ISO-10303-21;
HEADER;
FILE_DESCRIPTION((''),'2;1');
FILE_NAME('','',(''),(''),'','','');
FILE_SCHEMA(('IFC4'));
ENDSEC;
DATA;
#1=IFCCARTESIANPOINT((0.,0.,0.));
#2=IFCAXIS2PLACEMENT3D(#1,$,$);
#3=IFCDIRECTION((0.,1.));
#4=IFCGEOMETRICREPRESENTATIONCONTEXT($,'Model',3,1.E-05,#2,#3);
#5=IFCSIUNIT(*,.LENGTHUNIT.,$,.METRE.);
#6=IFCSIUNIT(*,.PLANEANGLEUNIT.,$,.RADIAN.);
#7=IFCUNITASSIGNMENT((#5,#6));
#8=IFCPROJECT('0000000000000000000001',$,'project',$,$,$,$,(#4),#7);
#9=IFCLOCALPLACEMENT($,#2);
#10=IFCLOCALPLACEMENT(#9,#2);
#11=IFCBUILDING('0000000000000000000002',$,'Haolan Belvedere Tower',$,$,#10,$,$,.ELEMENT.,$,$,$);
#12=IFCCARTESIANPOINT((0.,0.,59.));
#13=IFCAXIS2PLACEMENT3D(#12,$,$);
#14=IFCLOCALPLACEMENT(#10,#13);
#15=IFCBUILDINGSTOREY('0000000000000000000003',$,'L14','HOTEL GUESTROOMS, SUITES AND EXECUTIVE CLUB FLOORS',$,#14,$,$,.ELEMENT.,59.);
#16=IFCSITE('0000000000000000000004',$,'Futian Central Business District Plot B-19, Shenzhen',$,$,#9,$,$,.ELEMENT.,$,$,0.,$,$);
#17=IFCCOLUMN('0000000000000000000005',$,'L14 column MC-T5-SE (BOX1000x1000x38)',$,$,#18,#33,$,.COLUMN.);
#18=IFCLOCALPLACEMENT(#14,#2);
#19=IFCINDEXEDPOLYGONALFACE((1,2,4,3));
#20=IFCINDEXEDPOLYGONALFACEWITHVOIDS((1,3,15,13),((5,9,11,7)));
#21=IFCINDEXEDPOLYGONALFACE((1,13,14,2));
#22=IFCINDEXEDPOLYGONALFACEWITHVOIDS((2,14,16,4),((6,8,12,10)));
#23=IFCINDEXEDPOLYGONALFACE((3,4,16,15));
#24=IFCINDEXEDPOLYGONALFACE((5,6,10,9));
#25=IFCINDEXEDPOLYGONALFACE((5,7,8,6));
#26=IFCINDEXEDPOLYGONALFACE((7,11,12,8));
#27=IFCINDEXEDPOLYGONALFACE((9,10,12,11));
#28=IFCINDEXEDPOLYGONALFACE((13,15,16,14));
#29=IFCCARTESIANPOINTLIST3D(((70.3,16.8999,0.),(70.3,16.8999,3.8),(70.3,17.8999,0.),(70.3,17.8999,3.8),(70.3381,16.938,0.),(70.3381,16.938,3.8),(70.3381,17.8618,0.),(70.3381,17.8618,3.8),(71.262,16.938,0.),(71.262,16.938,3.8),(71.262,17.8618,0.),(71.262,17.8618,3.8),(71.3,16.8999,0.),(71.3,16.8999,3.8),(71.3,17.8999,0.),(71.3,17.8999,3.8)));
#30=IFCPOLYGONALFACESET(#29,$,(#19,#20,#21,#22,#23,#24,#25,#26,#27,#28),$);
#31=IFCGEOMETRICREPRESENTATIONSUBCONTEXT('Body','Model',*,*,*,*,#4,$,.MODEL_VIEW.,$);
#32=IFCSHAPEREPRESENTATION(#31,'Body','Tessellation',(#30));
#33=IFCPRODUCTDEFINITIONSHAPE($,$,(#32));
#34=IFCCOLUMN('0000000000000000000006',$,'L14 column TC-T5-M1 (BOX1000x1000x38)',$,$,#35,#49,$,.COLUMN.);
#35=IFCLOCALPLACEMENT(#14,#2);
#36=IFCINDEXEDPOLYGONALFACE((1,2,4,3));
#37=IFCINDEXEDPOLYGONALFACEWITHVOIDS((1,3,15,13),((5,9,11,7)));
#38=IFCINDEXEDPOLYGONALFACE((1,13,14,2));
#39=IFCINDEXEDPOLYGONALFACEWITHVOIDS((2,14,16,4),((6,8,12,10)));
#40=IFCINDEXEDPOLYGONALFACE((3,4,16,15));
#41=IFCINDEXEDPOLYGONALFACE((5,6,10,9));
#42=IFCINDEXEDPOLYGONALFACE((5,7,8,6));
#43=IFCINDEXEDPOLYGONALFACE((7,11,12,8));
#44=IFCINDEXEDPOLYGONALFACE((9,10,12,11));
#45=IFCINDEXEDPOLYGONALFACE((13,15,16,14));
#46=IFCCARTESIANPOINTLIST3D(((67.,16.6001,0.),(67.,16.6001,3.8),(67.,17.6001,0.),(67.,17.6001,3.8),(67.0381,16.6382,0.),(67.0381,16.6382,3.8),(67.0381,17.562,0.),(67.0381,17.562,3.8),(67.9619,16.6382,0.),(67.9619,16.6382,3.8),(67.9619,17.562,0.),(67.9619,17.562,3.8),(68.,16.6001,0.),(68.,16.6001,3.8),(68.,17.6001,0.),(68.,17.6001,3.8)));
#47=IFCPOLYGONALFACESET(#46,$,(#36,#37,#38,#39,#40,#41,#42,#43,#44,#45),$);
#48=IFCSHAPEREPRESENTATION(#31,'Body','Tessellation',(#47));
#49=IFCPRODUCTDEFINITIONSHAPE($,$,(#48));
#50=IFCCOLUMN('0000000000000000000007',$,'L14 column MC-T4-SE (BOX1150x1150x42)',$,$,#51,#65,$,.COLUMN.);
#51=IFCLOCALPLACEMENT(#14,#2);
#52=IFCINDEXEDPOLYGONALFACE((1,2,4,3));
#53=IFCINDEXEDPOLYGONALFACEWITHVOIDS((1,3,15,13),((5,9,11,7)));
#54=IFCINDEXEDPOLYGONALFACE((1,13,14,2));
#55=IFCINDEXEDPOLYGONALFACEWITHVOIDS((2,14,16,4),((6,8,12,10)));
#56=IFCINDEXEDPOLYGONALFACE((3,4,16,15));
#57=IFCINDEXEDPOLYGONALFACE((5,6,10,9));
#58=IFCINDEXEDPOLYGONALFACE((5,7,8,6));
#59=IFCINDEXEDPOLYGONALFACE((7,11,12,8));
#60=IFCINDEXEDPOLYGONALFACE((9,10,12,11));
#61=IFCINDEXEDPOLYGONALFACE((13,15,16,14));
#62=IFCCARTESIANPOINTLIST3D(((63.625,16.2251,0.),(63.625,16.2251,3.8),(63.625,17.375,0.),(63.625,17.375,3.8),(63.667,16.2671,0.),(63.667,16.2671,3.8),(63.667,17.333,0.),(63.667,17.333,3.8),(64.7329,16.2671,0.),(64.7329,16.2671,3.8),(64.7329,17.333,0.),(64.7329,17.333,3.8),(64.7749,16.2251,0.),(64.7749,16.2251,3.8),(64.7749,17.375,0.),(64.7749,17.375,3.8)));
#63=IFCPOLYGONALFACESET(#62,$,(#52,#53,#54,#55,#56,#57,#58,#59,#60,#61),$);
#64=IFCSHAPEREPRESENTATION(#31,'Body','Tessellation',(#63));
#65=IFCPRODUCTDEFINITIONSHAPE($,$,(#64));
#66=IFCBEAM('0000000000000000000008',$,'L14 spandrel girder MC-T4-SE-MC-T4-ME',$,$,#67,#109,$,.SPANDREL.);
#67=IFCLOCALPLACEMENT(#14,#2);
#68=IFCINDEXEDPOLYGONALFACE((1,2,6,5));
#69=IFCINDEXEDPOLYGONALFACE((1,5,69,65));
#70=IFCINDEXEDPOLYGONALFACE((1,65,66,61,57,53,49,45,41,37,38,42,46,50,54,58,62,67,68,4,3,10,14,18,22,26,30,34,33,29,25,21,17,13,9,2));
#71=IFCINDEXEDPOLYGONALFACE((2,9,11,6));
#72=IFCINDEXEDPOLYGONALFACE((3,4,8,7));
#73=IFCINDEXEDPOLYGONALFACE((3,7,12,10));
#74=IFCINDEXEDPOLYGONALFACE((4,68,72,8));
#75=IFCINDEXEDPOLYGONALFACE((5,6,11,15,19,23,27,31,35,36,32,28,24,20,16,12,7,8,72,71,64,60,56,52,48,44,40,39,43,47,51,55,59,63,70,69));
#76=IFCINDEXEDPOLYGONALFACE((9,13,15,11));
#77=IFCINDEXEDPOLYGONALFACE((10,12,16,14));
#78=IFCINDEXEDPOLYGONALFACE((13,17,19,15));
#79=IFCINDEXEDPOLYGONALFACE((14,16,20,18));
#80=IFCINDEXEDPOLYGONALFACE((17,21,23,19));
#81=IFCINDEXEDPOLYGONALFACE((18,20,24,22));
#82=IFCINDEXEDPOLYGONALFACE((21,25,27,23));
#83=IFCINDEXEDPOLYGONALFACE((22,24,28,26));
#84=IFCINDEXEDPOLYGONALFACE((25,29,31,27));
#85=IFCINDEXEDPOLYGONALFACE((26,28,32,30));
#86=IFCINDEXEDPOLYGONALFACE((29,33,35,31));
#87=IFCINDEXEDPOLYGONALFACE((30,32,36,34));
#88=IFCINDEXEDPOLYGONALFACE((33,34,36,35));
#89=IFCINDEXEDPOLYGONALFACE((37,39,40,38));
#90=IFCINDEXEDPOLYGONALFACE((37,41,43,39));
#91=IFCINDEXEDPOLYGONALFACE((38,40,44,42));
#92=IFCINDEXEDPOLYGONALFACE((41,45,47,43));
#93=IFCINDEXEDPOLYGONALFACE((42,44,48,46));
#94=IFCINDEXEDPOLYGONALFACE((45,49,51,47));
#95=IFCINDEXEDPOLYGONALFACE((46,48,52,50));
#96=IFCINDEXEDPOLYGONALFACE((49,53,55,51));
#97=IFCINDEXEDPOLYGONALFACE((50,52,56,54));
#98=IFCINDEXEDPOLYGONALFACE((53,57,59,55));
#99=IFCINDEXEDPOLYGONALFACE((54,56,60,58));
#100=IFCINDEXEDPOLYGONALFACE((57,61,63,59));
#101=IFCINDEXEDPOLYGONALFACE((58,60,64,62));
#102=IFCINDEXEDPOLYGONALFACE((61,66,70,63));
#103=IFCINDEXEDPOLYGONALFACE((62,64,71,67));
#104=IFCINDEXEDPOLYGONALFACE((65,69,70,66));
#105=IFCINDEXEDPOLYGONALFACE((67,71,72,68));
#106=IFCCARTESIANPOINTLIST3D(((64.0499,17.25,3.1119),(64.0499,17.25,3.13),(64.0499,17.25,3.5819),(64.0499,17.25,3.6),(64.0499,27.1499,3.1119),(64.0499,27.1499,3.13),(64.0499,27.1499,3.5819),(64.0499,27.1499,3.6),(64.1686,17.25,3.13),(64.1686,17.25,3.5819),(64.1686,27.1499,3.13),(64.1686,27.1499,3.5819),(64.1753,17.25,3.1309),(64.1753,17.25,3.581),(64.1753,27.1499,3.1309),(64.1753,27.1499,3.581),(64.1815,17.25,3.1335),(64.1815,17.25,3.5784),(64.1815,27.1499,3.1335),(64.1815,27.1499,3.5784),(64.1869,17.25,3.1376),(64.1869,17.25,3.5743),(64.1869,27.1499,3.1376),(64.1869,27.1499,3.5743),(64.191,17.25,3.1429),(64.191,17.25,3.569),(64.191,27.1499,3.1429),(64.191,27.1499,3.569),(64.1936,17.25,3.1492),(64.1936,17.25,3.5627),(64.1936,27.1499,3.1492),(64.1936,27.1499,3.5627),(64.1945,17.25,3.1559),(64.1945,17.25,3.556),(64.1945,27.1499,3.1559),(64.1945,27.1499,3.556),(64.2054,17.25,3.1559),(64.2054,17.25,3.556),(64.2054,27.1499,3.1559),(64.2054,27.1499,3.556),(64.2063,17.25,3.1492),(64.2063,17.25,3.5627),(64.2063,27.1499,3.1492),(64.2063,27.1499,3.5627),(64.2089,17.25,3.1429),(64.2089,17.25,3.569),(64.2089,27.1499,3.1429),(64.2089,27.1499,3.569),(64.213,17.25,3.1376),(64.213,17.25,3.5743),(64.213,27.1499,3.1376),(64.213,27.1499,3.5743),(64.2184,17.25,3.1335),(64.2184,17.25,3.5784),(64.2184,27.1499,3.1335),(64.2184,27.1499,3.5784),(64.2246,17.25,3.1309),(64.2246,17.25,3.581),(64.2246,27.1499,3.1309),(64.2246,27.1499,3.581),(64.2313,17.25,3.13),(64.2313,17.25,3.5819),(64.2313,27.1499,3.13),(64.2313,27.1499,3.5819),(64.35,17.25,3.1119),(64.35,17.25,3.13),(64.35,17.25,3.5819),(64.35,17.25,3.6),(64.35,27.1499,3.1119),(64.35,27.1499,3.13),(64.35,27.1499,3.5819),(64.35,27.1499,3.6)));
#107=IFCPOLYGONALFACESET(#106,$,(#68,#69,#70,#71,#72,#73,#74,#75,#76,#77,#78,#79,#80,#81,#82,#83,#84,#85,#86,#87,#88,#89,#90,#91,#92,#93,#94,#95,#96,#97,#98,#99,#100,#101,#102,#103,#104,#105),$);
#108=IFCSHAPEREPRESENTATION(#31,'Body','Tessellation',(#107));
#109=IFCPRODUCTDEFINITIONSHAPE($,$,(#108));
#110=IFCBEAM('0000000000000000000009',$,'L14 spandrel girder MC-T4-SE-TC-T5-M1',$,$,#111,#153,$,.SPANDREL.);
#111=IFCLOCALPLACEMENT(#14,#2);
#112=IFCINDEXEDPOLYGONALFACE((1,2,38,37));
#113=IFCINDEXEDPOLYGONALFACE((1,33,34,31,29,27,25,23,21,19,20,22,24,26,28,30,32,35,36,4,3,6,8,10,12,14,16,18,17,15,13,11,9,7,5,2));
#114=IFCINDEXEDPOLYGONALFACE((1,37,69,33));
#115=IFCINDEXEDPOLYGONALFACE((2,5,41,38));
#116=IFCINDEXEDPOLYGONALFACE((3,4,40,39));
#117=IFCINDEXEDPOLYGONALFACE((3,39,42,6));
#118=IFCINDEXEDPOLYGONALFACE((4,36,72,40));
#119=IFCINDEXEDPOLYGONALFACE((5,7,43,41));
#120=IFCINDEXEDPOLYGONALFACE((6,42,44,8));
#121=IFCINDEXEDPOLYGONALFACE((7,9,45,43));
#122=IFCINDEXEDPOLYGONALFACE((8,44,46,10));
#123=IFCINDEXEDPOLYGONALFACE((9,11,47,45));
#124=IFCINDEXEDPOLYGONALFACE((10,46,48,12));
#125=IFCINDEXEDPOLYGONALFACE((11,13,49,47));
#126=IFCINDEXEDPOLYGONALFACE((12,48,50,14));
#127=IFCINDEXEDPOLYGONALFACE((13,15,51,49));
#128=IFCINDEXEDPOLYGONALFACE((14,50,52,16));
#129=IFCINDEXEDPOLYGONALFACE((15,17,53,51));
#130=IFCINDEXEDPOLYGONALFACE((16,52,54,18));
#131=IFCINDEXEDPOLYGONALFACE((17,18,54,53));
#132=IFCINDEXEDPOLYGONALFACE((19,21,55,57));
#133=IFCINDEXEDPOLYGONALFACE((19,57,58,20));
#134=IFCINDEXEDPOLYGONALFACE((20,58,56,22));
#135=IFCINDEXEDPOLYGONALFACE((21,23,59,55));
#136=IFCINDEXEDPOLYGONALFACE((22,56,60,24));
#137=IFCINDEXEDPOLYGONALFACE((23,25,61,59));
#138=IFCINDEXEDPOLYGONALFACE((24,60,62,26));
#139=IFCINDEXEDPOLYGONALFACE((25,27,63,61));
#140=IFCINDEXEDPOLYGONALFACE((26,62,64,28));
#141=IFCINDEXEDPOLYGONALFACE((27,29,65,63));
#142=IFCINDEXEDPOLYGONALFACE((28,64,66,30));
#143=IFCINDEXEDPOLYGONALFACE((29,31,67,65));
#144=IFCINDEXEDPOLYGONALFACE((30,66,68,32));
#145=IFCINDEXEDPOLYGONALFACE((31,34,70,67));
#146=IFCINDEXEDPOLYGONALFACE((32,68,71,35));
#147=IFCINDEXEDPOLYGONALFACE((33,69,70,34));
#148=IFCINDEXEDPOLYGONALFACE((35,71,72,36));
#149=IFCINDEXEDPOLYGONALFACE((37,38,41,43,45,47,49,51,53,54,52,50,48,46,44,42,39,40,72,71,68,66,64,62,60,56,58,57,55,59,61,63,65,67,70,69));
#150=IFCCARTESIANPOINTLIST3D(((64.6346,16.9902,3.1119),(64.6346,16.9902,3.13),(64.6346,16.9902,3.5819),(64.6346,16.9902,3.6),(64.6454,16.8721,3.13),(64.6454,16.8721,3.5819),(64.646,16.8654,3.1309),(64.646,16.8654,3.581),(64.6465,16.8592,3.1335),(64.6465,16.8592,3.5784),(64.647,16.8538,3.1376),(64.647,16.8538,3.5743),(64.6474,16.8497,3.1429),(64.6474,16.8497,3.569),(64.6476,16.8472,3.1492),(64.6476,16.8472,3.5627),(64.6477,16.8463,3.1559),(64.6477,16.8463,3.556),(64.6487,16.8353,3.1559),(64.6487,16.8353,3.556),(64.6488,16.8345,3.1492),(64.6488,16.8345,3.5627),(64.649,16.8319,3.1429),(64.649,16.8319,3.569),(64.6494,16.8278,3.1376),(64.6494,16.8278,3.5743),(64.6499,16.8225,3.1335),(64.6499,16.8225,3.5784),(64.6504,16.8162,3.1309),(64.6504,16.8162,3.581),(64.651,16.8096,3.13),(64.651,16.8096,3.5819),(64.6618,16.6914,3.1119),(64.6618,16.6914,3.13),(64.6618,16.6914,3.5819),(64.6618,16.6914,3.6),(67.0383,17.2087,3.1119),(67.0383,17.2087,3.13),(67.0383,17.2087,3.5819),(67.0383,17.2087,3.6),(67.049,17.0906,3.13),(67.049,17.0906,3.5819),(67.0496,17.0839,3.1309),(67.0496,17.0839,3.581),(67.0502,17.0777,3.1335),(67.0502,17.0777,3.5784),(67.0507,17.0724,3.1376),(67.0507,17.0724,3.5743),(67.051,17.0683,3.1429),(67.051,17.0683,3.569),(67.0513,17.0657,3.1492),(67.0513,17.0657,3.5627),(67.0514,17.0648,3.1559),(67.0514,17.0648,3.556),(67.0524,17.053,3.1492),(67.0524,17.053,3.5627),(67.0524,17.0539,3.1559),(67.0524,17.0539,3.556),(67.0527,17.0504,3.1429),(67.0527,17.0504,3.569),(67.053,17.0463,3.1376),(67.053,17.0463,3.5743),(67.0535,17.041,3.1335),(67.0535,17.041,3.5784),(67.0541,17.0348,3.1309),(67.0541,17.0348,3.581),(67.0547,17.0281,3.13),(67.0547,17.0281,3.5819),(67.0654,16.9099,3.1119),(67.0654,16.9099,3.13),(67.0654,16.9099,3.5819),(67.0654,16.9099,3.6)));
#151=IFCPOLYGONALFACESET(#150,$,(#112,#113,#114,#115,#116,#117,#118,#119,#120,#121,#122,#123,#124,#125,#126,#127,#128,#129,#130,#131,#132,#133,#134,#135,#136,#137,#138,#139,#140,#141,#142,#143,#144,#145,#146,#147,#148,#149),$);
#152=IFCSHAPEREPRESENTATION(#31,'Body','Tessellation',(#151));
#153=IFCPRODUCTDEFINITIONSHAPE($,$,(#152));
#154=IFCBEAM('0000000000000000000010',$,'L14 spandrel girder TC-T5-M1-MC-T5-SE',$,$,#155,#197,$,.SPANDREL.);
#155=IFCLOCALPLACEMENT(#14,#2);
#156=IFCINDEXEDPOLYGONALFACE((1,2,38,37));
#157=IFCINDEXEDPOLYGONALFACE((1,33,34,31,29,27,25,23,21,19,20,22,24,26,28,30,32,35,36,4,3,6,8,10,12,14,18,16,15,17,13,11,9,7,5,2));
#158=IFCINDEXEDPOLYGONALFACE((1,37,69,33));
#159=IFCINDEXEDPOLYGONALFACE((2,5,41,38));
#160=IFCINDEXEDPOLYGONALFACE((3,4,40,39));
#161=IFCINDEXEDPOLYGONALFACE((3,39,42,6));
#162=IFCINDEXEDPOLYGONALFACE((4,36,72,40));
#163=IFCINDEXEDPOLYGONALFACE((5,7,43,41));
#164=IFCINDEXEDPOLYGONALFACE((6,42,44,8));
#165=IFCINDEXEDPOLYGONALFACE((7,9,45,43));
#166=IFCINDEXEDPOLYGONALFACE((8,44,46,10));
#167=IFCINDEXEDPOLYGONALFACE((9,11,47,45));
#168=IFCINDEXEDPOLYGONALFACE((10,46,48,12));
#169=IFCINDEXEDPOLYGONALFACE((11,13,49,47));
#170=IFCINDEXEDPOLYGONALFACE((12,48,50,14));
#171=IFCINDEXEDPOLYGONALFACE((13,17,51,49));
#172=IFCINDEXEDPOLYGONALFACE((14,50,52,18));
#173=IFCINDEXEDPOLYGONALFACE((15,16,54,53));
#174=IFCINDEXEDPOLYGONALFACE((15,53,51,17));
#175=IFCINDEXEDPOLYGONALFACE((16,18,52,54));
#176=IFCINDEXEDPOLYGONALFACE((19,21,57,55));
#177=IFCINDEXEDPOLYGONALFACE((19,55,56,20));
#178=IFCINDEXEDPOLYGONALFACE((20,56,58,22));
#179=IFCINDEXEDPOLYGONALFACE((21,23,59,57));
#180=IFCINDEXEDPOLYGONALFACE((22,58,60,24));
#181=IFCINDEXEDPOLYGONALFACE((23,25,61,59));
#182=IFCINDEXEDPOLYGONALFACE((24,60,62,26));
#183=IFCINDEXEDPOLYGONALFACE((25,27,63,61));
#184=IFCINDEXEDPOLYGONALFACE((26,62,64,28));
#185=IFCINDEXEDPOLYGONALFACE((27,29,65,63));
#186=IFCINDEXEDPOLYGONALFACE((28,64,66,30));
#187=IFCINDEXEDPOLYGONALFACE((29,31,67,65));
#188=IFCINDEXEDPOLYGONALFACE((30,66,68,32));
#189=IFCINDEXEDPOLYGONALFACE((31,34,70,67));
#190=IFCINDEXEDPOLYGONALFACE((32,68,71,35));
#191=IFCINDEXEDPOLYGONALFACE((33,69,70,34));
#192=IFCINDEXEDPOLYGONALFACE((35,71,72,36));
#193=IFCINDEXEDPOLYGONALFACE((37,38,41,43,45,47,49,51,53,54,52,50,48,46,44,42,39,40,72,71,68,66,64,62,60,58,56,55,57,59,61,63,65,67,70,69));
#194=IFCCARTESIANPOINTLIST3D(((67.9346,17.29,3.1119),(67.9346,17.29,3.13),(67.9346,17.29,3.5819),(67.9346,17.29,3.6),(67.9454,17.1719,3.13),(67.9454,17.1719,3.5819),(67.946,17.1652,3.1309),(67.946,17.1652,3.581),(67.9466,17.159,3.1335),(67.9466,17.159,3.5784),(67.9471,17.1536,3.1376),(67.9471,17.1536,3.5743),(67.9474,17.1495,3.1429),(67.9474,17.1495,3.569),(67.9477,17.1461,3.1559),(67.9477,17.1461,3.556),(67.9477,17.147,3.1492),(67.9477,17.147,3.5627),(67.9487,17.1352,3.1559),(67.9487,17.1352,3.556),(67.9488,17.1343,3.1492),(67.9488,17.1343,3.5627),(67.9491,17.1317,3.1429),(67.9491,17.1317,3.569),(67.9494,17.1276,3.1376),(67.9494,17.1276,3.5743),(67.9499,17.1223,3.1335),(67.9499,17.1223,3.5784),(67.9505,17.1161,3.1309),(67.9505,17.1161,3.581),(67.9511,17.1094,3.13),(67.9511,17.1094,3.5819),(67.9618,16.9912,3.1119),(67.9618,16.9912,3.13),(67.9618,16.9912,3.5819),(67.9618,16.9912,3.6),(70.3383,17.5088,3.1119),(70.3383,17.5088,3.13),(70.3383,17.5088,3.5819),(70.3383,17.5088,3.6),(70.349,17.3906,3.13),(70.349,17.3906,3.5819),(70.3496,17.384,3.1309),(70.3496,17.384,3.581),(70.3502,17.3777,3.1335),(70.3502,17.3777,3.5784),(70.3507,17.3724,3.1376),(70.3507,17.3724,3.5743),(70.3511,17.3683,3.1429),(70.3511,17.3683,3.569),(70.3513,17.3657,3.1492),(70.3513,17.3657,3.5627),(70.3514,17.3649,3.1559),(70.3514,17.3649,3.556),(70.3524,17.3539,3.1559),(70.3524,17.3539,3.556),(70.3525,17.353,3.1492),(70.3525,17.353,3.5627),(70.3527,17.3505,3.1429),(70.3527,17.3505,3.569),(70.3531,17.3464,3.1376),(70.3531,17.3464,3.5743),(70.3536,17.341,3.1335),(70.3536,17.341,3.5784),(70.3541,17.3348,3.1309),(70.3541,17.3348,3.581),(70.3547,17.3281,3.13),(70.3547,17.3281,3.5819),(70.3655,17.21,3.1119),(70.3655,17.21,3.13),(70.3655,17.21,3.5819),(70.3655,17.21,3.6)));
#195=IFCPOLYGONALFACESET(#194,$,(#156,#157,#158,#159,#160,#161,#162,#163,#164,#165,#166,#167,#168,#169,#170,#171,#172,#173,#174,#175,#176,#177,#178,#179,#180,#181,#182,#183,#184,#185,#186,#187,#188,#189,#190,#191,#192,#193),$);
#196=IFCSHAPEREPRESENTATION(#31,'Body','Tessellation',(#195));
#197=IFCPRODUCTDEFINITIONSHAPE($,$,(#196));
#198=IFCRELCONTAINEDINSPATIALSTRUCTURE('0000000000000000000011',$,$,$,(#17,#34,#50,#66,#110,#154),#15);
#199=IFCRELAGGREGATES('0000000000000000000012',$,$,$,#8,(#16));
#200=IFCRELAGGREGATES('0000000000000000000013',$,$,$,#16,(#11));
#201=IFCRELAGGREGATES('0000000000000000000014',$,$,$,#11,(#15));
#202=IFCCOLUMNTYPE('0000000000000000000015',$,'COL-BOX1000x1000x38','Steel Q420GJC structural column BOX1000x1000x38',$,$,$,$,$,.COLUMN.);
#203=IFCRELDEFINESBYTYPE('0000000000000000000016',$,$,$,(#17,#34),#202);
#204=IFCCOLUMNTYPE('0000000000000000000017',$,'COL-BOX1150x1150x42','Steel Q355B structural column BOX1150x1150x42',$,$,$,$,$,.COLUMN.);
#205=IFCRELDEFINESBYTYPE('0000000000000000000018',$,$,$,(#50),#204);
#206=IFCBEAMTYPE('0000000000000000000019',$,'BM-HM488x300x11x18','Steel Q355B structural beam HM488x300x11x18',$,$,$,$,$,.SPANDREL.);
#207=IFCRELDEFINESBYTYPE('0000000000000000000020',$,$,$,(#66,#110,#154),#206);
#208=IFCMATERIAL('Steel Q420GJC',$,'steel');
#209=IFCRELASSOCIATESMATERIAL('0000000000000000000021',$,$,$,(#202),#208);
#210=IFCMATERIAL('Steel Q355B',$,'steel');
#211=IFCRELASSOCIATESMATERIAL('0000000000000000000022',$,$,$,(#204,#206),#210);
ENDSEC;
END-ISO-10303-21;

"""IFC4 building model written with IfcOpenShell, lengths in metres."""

from ifc_helpers import new_model, si_unit, direction, frame, origin, origin_2d, place, context, subcontext, project, spatial, hollow_rectangle, i_section, extrude, material, material_profile, profile_set, type_object, element, save


model = new_model("IFC4")

# Units and contexts
model_context = context("Model", 3, precision=1e-05, world=origin(), true_north=direction((0.0, 1.0)))
body_context = subcontext(model_context, "Body", "Model", "MODEL_VIEW")
ifc_project = project(units=[si_unit("LENGTHUNIT", "METRE"), si_unit("PLANEANGLEUNIT", "RADIAN")], contexts=[model_context])

# Site, building, storey
site_placement = place(None, origin())
site = spatial("IfcSite", under=ifc_project, at=site_placement, Name="Futian Central Business District Plot B-19, Shenzhen", CompositionType="ELEMENT", RefElevation=0.0)
building_placement = place(site_placement, origin())
building = spatial("IfcBuilding", under=site, at=building_placement, Name="Haolan Belvedere Tower", CompositionType="ELEMENT")
storey_placement = place(building_placement, frame((0.0, 0.0, 59.0)))
storey = spatial("IfcBuildingStorey", under=building, at=storey_placement, Name="L14", Description="HOTEL GUESTROOMS, SUITES AND EXECUTIVE CLUB FLOORS", CompositionType="ELEMENT", Elevation=59.0)

# Columns
ifc_material_1 = material(Name="Steel Q420GJC", Category="steel")
ifc_material_profile_1 = material_profile(ifc_material_1, hollow_rectangle(XDim=1.0, YDim=1.0, WallThickness=0.0381, at=origin_2d()), Name="Steel Q420GJC")
ifc_profile_set_1 = profile_set([ifc_material_profile_1], Name="Steel Q420GJC")
column_type_1 = type_object("IfcColumnType", Name="COL-BOX1000x1000x38", Description="Steel Q420GJC structural column BOX1000x1000x38", PredefinedType="COLUMN", material=ifc_profile_set_1)
for number, where, z_axis, x_axis, name in (
    (1, (70.8, 17.3999, 0.0), (0.0, 0.0, 1.0), (1.0, 0.0, 0.0), "L14 column MC-T5-SE (BOX1000x1000x38)"),
    (2, (67.5, 17.1001, 0.0), (0.0, 0.0, 1.0), (1.0, 0.0, 0.0), "L14 column TC-T5-M1 (BOX1000x1000x38)"),
):
    element("IfcColumn", number, at=place(storey_placement, frame(where, z_axis=z_axis, x_axis=x_axis)), inside=storey, type_object=column_type_1, Name=name, PredefinedType="COLUMN", context=body_context, shape_type="SweptSolid", body=[
        extrude(hollow_rectangle(XDim=1.0, YDim=1.0, WallThickness=0.0381, at=origin_2d()), origin(), (0.0, 0.0, 1.0), 3.8),
    ])
ifc_material_2 = material(Name="Steel Q355B", Category="steel")
ifc_material_profile_2 = material_profile(ifc_material_2, hollow_rectangle(XDim=1.1499, YDim=1.1499, WallThickness=0.042, at=origin_2d()), Name="Steel Q355B")
ifc_profile_set_2 = profile_set([ifc_material_profile_2], Name="Steel Q355B")
column_type_2 = type_object("IfcColumnType", Name="COL-BOX1150x1150x42", Description="Steel Q355B structural column BOX1150x1150x42", PredefinedType="COLUMN", material=ifc_profile_set_2)
column_placement = place(storey_placement, frame((64.2, 16.8, 0.0), z_axis=(0.0, 0.0, 1.0), x_axis=(1.0, 0.0, 0.0)))
element("IfcColumn", 3, at=column_placement, inside=storey, type_object=column_type_2, Name="L14 column MC-T4-SE (BOX1150x1150x42)", PredefinedType="COLUMN", context=body_context, shape_type="SweptSolid", body=[
    extrude(hollow_rectangle(XDim=1.1499, YDim=1.1499, WallThickness=0.042, at=origin_2d()), origin(), (0.0, 0.0, 1.0), 3.8),
])

# Beams
ifc_material_profile_3 = material_profile(ifc_material_2, i_section(OverallWidth=0.3, OverallDepth=0.488, WebThickness=0.011, FlangeThickness=0.0181, FilletRadius=0.0259, at=origin_2d()), Name="Steel Q355B")
ifc_profile_set_3 = profile_set([ifc_material_profile_3], Name="Steel Q355B")
beam_type = type_object("IfcBeamType", Name="BM-HM488x300x11x18", Description="Steel Q355B structural beam HM488x300x11x18", PredefinedType="SPANDREL", material=ifc_profile_set_3)
beam_placement = place(storey_placement, frame((64.2, 17.25, 3.356), z_axis=(0.0, 1.0, 0.0), x_axis=(-1.0, 0.0, 0.0)))
element("IfcBeam", 4, at=beam_placement, inside=storey, type_object=beam_type, Name="L14 spandrel girder MC-T4-SE-MC-T4-ME", PredefinedType="SPANDREL", context=body_context, shape_type="SweptSolid", body=[
    extrude(i_section(OverallWidth=0.3, OverallDepth=0.488, WebThickness=0.011, FlangeThickness=0.0181, FilletRadius=0.0259, at=origin_2d()), origin(), (0.0, 0.0, 1.0), 9.8999),
])
for number, where, z_axis, x_axis, name in (
    (5, (64.6482, 16.8408, 3.356), (0.995893, 0.090536, 0.0), (-0.090536, 0.995893, 0.0), "L14 spandrel girder MC-T4-SE-TC-T5-M1"),
    (6, (67.9482, 17.1406, 3.356), (0.995884, 0.090636, 0.0), (-0.090636, 0.995884, 0.0), "L14 spandrel girder TC-T5-M1-MC-T5-SE"),
):
    element("IfcBeam", number, at=place(storey_placement, frame(where, z_axis=z_axis, x_axis=x_axis)), inside=storey, type_object=beam_type, Name=name, PredefinedType="SPANDREL", context=body_context, shape_type="SweptSolid", body=[
        extrude(i_section(OverallWidth=0.3, OverallDepth=0.488, WebThickness=0.011, FlangeThickness=0.0181, FilletRadius=0.0259, at=origin_2d()), origin(), (0.0, 0.0, 1.0), 2.4136),
    ])

save(model, "model.ifc")
